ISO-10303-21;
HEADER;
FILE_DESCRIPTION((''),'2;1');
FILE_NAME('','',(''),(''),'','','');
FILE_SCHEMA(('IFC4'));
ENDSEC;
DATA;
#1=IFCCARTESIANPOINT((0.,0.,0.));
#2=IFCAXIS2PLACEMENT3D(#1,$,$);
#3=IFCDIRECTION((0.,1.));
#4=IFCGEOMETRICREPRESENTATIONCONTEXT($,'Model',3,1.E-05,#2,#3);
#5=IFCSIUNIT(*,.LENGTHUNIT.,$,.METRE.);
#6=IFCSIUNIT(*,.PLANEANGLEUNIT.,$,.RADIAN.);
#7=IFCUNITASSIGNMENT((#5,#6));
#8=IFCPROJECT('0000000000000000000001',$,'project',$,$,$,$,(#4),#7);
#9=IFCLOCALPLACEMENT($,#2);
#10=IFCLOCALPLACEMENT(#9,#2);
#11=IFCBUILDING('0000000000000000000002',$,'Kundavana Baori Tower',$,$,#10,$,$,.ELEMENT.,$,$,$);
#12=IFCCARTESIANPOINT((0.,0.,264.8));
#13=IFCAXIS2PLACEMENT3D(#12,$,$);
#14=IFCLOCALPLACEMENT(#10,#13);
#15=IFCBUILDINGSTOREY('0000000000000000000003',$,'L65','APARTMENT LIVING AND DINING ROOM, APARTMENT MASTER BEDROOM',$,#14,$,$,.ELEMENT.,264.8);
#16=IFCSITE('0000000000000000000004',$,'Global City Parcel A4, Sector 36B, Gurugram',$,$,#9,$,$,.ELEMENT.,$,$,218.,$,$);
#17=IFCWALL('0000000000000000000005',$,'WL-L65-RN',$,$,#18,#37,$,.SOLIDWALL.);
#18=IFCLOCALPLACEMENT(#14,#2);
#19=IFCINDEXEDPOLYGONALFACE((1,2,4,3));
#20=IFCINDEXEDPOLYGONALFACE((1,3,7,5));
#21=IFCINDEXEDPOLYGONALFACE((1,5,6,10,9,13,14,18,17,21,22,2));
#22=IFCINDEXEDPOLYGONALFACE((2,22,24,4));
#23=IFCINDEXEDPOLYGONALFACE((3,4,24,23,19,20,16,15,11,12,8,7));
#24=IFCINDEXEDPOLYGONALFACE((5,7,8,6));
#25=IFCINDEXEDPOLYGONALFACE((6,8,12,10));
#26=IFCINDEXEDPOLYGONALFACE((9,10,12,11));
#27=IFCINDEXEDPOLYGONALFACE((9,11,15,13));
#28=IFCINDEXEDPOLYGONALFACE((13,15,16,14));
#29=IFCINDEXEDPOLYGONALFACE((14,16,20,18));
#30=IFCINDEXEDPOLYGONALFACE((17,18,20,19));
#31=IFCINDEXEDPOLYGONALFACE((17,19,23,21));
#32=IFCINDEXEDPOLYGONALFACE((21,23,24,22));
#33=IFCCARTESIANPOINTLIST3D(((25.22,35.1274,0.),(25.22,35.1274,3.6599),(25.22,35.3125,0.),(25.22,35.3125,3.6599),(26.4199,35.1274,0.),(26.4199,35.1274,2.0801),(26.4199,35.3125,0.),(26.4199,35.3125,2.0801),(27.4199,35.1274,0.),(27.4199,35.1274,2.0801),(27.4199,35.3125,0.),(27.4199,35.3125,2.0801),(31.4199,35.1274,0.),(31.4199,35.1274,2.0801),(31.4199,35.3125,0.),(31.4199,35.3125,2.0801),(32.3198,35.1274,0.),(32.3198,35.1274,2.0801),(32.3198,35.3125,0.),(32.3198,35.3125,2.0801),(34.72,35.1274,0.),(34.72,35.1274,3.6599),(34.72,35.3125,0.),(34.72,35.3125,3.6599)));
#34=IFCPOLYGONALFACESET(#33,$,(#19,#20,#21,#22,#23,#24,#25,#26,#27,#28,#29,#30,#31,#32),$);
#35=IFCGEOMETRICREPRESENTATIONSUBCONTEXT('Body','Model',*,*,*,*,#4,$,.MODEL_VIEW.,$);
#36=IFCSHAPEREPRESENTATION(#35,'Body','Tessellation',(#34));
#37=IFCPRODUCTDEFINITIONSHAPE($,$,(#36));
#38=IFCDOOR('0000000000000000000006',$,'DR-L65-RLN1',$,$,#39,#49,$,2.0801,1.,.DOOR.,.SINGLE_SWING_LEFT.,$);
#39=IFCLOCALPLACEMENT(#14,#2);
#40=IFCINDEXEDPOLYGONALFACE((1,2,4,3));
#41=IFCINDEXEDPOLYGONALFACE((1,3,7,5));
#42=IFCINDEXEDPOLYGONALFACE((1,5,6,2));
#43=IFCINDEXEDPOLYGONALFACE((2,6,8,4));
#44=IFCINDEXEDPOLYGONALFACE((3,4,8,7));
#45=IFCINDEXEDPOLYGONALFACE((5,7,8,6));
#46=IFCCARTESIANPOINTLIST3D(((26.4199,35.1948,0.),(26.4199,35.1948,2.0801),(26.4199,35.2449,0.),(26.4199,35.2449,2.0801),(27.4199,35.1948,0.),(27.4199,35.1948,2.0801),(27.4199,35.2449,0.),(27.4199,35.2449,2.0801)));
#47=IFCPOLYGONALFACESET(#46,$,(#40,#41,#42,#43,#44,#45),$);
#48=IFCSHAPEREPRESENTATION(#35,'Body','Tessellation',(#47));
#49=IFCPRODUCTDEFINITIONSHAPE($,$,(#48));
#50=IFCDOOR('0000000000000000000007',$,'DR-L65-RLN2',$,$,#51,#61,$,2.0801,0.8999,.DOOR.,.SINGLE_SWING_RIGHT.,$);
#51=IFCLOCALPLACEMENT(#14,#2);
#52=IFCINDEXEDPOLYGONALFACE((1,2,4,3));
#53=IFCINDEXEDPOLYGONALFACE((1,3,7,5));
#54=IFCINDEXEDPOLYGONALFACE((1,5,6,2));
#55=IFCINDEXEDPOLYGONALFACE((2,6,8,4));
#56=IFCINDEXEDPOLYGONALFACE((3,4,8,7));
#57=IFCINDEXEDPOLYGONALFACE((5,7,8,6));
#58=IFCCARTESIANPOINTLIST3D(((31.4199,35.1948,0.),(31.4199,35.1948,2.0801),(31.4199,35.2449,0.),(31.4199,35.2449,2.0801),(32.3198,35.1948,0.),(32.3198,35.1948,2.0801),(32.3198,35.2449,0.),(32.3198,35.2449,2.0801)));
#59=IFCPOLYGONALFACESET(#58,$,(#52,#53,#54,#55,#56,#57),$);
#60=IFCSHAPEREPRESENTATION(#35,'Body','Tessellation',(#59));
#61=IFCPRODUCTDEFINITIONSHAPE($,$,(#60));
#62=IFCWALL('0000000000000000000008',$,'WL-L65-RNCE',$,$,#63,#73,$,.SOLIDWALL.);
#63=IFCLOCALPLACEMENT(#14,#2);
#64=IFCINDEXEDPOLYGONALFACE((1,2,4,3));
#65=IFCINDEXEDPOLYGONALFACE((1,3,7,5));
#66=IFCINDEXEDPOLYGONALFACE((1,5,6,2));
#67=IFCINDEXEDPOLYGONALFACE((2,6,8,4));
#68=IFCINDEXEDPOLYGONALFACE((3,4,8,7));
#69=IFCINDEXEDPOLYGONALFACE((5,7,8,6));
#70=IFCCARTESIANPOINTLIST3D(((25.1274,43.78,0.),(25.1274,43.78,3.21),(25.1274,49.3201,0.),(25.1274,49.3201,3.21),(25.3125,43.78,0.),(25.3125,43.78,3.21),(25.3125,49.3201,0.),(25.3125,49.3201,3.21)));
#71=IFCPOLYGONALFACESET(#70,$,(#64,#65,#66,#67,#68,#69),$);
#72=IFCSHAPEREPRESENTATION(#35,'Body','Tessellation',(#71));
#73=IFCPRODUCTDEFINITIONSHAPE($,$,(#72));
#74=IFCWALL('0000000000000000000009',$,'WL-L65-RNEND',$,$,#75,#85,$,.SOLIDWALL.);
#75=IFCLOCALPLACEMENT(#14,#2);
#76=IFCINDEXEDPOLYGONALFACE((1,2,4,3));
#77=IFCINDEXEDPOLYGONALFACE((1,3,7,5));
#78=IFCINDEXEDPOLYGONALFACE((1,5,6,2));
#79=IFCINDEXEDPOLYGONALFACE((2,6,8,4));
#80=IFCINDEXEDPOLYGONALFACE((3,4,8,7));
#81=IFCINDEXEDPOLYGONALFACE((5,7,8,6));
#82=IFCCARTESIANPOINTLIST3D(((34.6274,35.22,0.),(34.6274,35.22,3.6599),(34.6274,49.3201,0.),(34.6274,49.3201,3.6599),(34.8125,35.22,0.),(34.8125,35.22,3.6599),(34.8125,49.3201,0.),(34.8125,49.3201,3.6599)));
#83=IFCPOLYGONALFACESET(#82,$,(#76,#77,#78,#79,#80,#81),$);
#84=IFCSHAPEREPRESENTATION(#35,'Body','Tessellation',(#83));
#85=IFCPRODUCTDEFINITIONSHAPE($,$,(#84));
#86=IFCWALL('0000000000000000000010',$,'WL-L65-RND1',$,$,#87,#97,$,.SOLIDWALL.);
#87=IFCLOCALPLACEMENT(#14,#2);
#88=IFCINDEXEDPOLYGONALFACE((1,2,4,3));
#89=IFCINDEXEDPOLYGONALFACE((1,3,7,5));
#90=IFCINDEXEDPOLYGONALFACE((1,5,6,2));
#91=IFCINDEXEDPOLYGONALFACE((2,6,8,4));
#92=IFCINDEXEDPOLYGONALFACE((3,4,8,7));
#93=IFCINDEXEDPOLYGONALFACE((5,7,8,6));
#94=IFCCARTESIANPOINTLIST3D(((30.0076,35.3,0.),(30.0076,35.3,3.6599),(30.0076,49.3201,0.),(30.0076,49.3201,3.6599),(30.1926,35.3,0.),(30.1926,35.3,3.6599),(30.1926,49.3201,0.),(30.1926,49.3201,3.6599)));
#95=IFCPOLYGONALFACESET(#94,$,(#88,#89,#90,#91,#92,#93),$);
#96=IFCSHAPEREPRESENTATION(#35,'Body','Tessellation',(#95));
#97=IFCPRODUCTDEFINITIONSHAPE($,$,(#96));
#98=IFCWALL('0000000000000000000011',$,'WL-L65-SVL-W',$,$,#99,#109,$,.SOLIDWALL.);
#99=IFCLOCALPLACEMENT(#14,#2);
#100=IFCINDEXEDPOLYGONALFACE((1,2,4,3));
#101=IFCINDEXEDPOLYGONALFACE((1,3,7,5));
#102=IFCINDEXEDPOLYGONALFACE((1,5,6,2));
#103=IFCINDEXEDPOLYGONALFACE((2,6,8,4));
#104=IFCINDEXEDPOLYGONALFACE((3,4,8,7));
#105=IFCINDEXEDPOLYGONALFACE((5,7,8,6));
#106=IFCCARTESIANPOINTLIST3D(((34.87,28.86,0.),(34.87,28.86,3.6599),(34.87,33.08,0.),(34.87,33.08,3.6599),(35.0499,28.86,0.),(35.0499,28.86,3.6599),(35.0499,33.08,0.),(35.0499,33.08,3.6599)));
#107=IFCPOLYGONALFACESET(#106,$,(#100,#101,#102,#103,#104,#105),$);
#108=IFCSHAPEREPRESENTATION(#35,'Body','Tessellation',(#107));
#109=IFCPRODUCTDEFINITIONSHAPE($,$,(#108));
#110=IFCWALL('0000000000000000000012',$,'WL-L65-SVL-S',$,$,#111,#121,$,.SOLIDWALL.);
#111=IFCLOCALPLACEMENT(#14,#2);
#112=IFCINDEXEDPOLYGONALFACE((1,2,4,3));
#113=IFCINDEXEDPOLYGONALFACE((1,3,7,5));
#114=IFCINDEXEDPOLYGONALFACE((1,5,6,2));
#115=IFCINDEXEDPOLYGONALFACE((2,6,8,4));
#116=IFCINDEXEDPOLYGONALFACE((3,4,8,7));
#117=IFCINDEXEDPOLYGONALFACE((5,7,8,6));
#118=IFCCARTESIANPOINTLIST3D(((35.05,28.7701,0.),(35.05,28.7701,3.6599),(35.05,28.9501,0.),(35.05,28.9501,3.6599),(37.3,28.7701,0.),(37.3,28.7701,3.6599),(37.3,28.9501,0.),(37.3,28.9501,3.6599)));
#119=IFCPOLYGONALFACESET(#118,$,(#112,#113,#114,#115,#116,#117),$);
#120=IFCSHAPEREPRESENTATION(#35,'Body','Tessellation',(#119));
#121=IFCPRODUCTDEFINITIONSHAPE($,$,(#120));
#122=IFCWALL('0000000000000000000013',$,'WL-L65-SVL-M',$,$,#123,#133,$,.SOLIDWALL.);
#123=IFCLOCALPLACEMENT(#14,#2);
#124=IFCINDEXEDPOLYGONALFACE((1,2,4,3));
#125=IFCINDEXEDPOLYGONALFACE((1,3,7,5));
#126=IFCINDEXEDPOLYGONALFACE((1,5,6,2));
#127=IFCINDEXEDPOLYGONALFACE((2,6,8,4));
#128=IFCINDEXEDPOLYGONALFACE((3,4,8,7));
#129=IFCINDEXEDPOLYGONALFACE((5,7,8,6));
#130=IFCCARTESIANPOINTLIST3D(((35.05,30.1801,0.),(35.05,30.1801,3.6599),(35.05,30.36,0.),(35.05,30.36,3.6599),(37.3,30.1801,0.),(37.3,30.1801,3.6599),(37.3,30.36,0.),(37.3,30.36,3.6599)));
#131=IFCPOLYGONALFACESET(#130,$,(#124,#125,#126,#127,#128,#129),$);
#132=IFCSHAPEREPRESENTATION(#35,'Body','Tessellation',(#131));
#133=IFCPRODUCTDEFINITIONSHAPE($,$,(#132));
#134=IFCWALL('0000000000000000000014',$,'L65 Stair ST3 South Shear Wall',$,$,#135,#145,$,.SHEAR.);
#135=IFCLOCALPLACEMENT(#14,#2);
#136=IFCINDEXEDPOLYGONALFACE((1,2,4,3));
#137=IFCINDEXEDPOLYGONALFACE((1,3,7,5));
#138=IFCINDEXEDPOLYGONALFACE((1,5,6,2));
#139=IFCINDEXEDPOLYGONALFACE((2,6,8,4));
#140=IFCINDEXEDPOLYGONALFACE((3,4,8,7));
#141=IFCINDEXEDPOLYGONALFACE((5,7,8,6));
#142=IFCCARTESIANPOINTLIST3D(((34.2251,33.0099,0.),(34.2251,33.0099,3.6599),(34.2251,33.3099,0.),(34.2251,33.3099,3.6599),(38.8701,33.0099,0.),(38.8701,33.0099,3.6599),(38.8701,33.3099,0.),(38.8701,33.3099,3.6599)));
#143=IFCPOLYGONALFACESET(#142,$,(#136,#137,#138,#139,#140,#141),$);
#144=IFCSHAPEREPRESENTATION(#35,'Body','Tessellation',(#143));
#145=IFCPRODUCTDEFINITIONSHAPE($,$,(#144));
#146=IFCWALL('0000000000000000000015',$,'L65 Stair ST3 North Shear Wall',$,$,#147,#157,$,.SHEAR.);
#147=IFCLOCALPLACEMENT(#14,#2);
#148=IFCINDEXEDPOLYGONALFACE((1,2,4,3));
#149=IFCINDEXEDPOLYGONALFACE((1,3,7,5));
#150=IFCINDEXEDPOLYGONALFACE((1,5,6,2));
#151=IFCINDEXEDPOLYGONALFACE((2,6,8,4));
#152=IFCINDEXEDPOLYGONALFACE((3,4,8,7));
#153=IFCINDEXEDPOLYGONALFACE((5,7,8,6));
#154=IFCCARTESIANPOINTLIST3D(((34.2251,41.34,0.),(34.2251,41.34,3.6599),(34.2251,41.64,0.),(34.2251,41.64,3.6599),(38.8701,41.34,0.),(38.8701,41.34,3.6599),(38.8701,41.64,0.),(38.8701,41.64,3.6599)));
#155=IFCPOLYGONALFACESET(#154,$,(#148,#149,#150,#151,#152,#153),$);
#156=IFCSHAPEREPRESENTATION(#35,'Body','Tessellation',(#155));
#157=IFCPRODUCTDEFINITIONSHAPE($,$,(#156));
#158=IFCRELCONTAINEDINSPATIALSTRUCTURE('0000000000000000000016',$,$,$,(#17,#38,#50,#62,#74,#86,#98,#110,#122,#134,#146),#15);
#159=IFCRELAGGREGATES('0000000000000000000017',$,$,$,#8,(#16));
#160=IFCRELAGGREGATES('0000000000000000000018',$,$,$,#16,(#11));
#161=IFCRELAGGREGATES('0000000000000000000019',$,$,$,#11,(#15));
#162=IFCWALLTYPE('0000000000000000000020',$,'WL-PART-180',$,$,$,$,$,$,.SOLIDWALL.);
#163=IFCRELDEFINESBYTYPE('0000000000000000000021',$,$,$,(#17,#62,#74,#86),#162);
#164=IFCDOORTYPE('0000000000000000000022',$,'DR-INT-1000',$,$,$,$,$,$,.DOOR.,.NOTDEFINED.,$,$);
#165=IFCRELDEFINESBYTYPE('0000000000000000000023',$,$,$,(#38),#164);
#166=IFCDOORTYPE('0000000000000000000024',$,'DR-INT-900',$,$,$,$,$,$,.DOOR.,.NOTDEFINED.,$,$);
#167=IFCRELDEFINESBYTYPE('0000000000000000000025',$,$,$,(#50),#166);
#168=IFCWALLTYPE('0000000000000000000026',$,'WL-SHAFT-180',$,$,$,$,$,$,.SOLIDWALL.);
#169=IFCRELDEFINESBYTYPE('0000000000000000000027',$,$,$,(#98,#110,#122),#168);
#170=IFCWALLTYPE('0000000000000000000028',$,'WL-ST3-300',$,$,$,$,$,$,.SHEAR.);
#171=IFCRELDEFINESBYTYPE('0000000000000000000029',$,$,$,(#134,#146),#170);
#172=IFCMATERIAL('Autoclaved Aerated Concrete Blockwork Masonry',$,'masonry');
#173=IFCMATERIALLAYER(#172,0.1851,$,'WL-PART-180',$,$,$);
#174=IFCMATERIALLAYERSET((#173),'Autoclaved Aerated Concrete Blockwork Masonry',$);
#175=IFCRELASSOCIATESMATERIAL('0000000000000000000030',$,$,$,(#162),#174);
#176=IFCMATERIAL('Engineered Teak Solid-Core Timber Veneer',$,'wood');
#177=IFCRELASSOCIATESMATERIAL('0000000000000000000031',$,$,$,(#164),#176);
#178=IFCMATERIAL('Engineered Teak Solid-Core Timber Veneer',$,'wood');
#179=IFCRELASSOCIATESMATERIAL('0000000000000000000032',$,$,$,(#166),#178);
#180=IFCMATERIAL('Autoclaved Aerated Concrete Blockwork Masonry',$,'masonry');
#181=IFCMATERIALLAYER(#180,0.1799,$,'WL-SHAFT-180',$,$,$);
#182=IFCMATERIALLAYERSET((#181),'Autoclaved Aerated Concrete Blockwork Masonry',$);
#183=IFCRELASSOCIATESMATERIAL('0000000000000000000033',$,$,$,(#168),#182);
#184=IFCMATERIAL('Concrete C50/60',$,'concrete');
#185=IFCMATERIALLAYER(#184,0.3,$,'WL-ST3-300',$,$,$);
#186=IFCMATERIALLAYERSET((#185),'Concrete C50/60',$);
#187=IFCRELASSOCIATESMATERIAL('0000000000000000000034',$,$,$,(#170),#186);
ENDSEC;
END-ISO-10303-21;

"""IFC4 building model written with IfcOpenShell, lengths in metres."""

from ifc_helpers import new_model, si_unit, direction, frame, frame_2d, origin, place, context, subcontext, project, spatial, rectangle, extrude, material, layer, layer_set, type_object, element, fill, save


model = new_model("IFC4")

# Units and contexts
model_context = context("Model", 3, precision=1e-05, world=origin(), true_north=direction((0.0, 1.0)))
body_context = subcontext(model_context, "Body", "Model", "MODEL_VIEW")
ifc_project = project(units=[si_unit("LENGTHUNIT", "METRE"), si_unit("PLANEANGLEUNIT", "RADIAN")], contexts=[model_context])

# Site, building, storey
site_placement = place(None, origin())
site = spatial("IfcSite", under=ifc_project, at=site_placement, Name="Global City Parcel A4, Sector 36B, Gurugram", CompositionType="ELEMENT", RefElevation=218.0)
building_placement = place(site_placement, origin())
building = spatial("IfcBuilding", under=site, at=building_placement, Name="Kundavana Baori Tower", CompositionType="ELEMENT")
storey_placement = place(building_placement, frame((0.0, 0.0, 264.8)))
storey = spatial("IfcBuildingStorey", under=building, at=storey_placement, Name="L65", Description="APARTMENT LIVING AND DINING ROOM, APARTMENT MASTER BEDROOM", CompositionType="ELEMENT", Elevation=264.8)

# Wall, openings, doors
ifc_material_1 = material(Name="Autoclaved Aerated Concrete Blockwork Masonry", Category="masonry")
ifc_layer_1 = layer(ifc_material_1, 0.1851, Name="WL-PART-180")
ifc_layer_set_1 = layer_set([ifc_layer_1], Name="Autoclaved Aerated Concrete Blockwork Masonry")
wall_type_1 = type_object("IfcWallType", Name="WL-PART-180", PredefinedType="SOLIDWALL", material=ifc_layer_set_1)
wall_1_placement = place(storey_placement, frame((25.22, 35.22, 0.0), z_axis=(0.0, 0.0, 1.0), x_axis=(1.0, 0.0, 0.0)))
wall_1 = element("IfcWall", 1, at=wall_1_placement, inside=storey, type_object=wall_type_1, Name="WL-L65-RN", PredefinedType="SOLIDWALL", context=body_context, shape_type="SweptSolid", body=[
    extrude(rectangle(XDim=9.5, YDim=0.1851, at=frame_2d((4.75, 0.0))), origin(), (0.0, 0.0, 1.0), 3.6599),
])
opening_1_placement = place(wall_1_placement, frame((1.2, 0.0, 0.0)))
opening_1 = element("IfcOpeningElement", 2, at=opening_1_placement, cuts=wall_1, PredefinedType="OPENING", context=body_context, shape_type="SweptSolid", body=[
    extrude(rectangle(XDim=1.0, YDim=2.0801, at=frame_2d((0.5, 1.04))), frame((0.0, 0.1025, 0.0), z_axis=(0.0, -1.0, 0.0), x_axis=(1.0, 0.0, 0.0)), (0.0, 0.0, 1.0), 0.2051),
])
opening_2_placement = place(wall_1_placement, frame((6.2, 0.0, 0.0)))
opening_2 = element("IfcOpeningElement", 3, at=opening_2_placement, cuts=wall_1, PredefinedType="OPENING", context=body_context, shape_type="SweptSolid", body=[
    extrude(rectangle(XDim=0.8999, YDim=2.0801, at=frame_2d((0.45, 1.04))), frame((0.0, 0.1025, 0.0), z_axis=(0.0, -1.0, 0.0), x_axis=(1.0, 0.0, 0.0)), (0.0, 0.0, 1.0), 0.2051),
])
ifc_material_2 = material(Name="Engineered Teak Solid-Core Timber Veneer", Category="wood")
door_type_1 = type_object("IfcDoorType", Name="DR-INT-1000", OperationType="NOTDEFINED", PredefinedType="DOOR", material=ifc_material_2)
door_1_placement = place(opening_1_placement, origin())
door_1 = element("IfcDoor", 4, at=door_1_placement, inside=storey, type_object=door_type_1, Name="DR-L65-RLN1", OperationType="SINGLE_SWING_LEFT", OverallHeight=2.0801, OverallWidth=1.0, PredefinedType="DOOR", context=body_context, shape_type="SweptSolid", body=[
    extrude(rectangle(XDim=1.0, YDim=2.0801, at=frame_2d((0.5, 1.04))), frame((0.0, 0.0249, 0.0), z_axis=(0.0, -1.0, 0.0), x_axis=(1.0, 0.0, 0.0)), (0.0, 0.0, 1.0), 0.05),
])
fill(opening_1, door_1)
ifc_material_3 = material(Name="Engineered Teak Solid-Core Timber Veneer", Category="wood")
door_type_2 = type_object("IfcDoorType", Name="DR-INT-900", OperationType="NOTDEFINED", PredefinedType="DOOR", material=ifc_material_3)
door_2_placement = place(opening_2_placement, origin())
door_2 = element("IfcDoor", 5, at=door_2_placement, inside=storey, type_object=door_type_2, Name="DR-L65-RLN2", OperationType="SINGLE_SWING_RIGHT", OverallHeight=2.0801, OverallWidth=0.8999, PredefinedType="DOOR", context=body_context, shape_type="SweptSolid", body=[
    extrude(rectangle(XDim=0.8999, YDim=2.0801, at=frame_2d((0.45, 1.04))), frame((0.0, 0.0249, 0.0), z_axis=(0.0, -1.0, 0.0), x_axis=(1.0, 0.0, 0.0)), (0.0, 0.0, 1.0), 0.05),
])
fill(opening_2, door_2)

# Walls
wall_2_placement = place(storey_placement, frame((25.22, 43.78, 0.0), z_axis=(0.0, 0.0, 1.0), x_axis=(0.0, 1.0, 0.0)))
element("IfcWall", 6, at=wall_2_placement, inside=storey, type_object=wall_type_1, Name="WL-L65-RNCE", PredefinedType="SOLIDWALL", context=body_context, shape_type="SweptSolid", body=[
    extrude(rectangle(XDim=5.54, YDim=0.1851, at=frame_2d((2.77, 0.0))), origin(), (0.0, 0.0, 1.0), 3.21),
])
wall_3_placement = place(storey_placement, frame((34.72, 35.22, 0.0), z_axis=(0.0, 0.0, 1.0), x_axis=(0.0, 1.0, 0.0)))
element("IfcWall", 7, at=wall_3_placement, inside=storey, type_object=wall_type_1, Name="WL-L65-RNEND", PredefinedType="SOLIDWALL", context=body_context, shape_type="SweptSolid", body=[
    extrude(rectangle(XDim=14.1001, YDim=0.1851, at=frame_2d((7.05, 0.0))), origin(), (0.0, 0.0, 1.0), 3.6599),
])
wall_4_placement = place(storey_placement, frame((30.1001, 35.3, 0.0), z_axis=(0.0, 0.0, 1.0), x_axis=(0.0, 1.0, 0.0)))
element("IfcWall", 8, at=wall_4_placement, inside=storey, type_object=wall_type_1, Name="WL-L65-RND1", PredefinedType="SOLIDWALL", context=body_context, shape_type="SweptSolid", body=[
    extrude(rectangle(XDim=14.02, YDim=0.1851, at=frame_2d((7.01, 0.0))), origin(), (0.0, 0.0, 1.0), 3.6599),
])
ifc_material_4 = material(Name="Autoclaved Aerated Concrete Blockwork Masonry", Category="masonry")
ifc_layer_2 = layer(ifc_material_4, 0.1799, Name="WL-SHAFT-180")
ifc_layer_set_2 = layer_set([ifc_layer_2], Name="Autoclaved Aerated Concrete Blockwork Masonry")
wall_type_2 = type_object("IfcWallType", Name="WL-SHAFT-180", PredefinedType="SOLIDWALL", material=ifc_layer_set_2)
wall_5_placement = place(storey_placement, frame((34.96, 28.8601, 0.0), z_axis=(0.0, 0.0, 1.0), x_axis=(0.0, 1.0, 0.0)))
element("IfcWall", 9, at=wall_5_placement, inside=storey, type_object=wall_type_2, Name="WL-L65-SVL-W", PredefinedType="SOLIDWALL", context=body_context, shape_type="SweptSolid", body=[
    extrude(rectangle(XDim=4.22, YDim=0.1799, at=frame_2d((2.1099, 0.0))), origin(), (0.0, 0.0, 1.0), 3.6599),
])
for number, where, z_axis, x_axis, name in (
    (10, (35.05, 28.8601, 0.0), (0.0, 0.0, 1.0), (1.0, 0.0, 0.0), "WL-L65-SVL-S"),
    (11, (35.05, 30.27, 0.0), (0.0, 0.0, 1.0), (1.0, 0.0, 0.0), "WL-L65-SVL-M"),
):
    element("IfcWall", number, at=place(storey_placement, frame(where, z_axis=z_axis, x_axis=x_axis)), inside=storey, type_object=wall_type_2, Name=name, PredefinedType="SOLIDWALL", context=body_context, shape_type="SweptSolid", body=[
        extrude(rectangle(XDim=2.25, YDim=0.1799, at=frame_2d((1.125, 0.0))), origin(), (0.0, 0.0, 1.0), 3.6599),
    ])
ifc_material_5 = material(Name="Concrete C50/60", Category="concrete")
ifc_layer_3 = layer(ifc_material_5, 0.3, Name="WL-ST3-300")
ifc_layer_set_3 = layer_set([ifc_layer_3], Name="Concrete C50/60")
wall_type_3 = type_object("IfcWallType", Name="WL-ST3-300", PredefinedType="SHEAR", material=ifc_layer_set_3)
for number, where, z_axis, x_axis, name in (
    (12, (34.2251, 33.1599, 0.0), (0.0, 0.0, 1.0), (1.0, 0.0, 0.0), "L65 Stair ST3 South Shear Wall"),
    (13, (34.2251, 41.49, 0.0), (0.0, 0.0, 1.0), (1.0, 0.0, 0.0), "L65 Stair ST3 North Shear Wall"),
):
    element("IfcWall", number, at=place(storey_placement, frame(where, z_axis=z_axis, x_axis=x_axis)), inside=storey, type_object=wall_type_3, Name=name, PredefinedType="SHEAR", context=body_context, shape_type="SweptSolid", body=[
        extrude(rectangle(XDim=4.645, YDim=0.3, at=frame_2d((2.3225, 0.0))), origin(), (0.0, 0.0, 1.0), 3.6599),
    ])

save(model, "model.ifc")
